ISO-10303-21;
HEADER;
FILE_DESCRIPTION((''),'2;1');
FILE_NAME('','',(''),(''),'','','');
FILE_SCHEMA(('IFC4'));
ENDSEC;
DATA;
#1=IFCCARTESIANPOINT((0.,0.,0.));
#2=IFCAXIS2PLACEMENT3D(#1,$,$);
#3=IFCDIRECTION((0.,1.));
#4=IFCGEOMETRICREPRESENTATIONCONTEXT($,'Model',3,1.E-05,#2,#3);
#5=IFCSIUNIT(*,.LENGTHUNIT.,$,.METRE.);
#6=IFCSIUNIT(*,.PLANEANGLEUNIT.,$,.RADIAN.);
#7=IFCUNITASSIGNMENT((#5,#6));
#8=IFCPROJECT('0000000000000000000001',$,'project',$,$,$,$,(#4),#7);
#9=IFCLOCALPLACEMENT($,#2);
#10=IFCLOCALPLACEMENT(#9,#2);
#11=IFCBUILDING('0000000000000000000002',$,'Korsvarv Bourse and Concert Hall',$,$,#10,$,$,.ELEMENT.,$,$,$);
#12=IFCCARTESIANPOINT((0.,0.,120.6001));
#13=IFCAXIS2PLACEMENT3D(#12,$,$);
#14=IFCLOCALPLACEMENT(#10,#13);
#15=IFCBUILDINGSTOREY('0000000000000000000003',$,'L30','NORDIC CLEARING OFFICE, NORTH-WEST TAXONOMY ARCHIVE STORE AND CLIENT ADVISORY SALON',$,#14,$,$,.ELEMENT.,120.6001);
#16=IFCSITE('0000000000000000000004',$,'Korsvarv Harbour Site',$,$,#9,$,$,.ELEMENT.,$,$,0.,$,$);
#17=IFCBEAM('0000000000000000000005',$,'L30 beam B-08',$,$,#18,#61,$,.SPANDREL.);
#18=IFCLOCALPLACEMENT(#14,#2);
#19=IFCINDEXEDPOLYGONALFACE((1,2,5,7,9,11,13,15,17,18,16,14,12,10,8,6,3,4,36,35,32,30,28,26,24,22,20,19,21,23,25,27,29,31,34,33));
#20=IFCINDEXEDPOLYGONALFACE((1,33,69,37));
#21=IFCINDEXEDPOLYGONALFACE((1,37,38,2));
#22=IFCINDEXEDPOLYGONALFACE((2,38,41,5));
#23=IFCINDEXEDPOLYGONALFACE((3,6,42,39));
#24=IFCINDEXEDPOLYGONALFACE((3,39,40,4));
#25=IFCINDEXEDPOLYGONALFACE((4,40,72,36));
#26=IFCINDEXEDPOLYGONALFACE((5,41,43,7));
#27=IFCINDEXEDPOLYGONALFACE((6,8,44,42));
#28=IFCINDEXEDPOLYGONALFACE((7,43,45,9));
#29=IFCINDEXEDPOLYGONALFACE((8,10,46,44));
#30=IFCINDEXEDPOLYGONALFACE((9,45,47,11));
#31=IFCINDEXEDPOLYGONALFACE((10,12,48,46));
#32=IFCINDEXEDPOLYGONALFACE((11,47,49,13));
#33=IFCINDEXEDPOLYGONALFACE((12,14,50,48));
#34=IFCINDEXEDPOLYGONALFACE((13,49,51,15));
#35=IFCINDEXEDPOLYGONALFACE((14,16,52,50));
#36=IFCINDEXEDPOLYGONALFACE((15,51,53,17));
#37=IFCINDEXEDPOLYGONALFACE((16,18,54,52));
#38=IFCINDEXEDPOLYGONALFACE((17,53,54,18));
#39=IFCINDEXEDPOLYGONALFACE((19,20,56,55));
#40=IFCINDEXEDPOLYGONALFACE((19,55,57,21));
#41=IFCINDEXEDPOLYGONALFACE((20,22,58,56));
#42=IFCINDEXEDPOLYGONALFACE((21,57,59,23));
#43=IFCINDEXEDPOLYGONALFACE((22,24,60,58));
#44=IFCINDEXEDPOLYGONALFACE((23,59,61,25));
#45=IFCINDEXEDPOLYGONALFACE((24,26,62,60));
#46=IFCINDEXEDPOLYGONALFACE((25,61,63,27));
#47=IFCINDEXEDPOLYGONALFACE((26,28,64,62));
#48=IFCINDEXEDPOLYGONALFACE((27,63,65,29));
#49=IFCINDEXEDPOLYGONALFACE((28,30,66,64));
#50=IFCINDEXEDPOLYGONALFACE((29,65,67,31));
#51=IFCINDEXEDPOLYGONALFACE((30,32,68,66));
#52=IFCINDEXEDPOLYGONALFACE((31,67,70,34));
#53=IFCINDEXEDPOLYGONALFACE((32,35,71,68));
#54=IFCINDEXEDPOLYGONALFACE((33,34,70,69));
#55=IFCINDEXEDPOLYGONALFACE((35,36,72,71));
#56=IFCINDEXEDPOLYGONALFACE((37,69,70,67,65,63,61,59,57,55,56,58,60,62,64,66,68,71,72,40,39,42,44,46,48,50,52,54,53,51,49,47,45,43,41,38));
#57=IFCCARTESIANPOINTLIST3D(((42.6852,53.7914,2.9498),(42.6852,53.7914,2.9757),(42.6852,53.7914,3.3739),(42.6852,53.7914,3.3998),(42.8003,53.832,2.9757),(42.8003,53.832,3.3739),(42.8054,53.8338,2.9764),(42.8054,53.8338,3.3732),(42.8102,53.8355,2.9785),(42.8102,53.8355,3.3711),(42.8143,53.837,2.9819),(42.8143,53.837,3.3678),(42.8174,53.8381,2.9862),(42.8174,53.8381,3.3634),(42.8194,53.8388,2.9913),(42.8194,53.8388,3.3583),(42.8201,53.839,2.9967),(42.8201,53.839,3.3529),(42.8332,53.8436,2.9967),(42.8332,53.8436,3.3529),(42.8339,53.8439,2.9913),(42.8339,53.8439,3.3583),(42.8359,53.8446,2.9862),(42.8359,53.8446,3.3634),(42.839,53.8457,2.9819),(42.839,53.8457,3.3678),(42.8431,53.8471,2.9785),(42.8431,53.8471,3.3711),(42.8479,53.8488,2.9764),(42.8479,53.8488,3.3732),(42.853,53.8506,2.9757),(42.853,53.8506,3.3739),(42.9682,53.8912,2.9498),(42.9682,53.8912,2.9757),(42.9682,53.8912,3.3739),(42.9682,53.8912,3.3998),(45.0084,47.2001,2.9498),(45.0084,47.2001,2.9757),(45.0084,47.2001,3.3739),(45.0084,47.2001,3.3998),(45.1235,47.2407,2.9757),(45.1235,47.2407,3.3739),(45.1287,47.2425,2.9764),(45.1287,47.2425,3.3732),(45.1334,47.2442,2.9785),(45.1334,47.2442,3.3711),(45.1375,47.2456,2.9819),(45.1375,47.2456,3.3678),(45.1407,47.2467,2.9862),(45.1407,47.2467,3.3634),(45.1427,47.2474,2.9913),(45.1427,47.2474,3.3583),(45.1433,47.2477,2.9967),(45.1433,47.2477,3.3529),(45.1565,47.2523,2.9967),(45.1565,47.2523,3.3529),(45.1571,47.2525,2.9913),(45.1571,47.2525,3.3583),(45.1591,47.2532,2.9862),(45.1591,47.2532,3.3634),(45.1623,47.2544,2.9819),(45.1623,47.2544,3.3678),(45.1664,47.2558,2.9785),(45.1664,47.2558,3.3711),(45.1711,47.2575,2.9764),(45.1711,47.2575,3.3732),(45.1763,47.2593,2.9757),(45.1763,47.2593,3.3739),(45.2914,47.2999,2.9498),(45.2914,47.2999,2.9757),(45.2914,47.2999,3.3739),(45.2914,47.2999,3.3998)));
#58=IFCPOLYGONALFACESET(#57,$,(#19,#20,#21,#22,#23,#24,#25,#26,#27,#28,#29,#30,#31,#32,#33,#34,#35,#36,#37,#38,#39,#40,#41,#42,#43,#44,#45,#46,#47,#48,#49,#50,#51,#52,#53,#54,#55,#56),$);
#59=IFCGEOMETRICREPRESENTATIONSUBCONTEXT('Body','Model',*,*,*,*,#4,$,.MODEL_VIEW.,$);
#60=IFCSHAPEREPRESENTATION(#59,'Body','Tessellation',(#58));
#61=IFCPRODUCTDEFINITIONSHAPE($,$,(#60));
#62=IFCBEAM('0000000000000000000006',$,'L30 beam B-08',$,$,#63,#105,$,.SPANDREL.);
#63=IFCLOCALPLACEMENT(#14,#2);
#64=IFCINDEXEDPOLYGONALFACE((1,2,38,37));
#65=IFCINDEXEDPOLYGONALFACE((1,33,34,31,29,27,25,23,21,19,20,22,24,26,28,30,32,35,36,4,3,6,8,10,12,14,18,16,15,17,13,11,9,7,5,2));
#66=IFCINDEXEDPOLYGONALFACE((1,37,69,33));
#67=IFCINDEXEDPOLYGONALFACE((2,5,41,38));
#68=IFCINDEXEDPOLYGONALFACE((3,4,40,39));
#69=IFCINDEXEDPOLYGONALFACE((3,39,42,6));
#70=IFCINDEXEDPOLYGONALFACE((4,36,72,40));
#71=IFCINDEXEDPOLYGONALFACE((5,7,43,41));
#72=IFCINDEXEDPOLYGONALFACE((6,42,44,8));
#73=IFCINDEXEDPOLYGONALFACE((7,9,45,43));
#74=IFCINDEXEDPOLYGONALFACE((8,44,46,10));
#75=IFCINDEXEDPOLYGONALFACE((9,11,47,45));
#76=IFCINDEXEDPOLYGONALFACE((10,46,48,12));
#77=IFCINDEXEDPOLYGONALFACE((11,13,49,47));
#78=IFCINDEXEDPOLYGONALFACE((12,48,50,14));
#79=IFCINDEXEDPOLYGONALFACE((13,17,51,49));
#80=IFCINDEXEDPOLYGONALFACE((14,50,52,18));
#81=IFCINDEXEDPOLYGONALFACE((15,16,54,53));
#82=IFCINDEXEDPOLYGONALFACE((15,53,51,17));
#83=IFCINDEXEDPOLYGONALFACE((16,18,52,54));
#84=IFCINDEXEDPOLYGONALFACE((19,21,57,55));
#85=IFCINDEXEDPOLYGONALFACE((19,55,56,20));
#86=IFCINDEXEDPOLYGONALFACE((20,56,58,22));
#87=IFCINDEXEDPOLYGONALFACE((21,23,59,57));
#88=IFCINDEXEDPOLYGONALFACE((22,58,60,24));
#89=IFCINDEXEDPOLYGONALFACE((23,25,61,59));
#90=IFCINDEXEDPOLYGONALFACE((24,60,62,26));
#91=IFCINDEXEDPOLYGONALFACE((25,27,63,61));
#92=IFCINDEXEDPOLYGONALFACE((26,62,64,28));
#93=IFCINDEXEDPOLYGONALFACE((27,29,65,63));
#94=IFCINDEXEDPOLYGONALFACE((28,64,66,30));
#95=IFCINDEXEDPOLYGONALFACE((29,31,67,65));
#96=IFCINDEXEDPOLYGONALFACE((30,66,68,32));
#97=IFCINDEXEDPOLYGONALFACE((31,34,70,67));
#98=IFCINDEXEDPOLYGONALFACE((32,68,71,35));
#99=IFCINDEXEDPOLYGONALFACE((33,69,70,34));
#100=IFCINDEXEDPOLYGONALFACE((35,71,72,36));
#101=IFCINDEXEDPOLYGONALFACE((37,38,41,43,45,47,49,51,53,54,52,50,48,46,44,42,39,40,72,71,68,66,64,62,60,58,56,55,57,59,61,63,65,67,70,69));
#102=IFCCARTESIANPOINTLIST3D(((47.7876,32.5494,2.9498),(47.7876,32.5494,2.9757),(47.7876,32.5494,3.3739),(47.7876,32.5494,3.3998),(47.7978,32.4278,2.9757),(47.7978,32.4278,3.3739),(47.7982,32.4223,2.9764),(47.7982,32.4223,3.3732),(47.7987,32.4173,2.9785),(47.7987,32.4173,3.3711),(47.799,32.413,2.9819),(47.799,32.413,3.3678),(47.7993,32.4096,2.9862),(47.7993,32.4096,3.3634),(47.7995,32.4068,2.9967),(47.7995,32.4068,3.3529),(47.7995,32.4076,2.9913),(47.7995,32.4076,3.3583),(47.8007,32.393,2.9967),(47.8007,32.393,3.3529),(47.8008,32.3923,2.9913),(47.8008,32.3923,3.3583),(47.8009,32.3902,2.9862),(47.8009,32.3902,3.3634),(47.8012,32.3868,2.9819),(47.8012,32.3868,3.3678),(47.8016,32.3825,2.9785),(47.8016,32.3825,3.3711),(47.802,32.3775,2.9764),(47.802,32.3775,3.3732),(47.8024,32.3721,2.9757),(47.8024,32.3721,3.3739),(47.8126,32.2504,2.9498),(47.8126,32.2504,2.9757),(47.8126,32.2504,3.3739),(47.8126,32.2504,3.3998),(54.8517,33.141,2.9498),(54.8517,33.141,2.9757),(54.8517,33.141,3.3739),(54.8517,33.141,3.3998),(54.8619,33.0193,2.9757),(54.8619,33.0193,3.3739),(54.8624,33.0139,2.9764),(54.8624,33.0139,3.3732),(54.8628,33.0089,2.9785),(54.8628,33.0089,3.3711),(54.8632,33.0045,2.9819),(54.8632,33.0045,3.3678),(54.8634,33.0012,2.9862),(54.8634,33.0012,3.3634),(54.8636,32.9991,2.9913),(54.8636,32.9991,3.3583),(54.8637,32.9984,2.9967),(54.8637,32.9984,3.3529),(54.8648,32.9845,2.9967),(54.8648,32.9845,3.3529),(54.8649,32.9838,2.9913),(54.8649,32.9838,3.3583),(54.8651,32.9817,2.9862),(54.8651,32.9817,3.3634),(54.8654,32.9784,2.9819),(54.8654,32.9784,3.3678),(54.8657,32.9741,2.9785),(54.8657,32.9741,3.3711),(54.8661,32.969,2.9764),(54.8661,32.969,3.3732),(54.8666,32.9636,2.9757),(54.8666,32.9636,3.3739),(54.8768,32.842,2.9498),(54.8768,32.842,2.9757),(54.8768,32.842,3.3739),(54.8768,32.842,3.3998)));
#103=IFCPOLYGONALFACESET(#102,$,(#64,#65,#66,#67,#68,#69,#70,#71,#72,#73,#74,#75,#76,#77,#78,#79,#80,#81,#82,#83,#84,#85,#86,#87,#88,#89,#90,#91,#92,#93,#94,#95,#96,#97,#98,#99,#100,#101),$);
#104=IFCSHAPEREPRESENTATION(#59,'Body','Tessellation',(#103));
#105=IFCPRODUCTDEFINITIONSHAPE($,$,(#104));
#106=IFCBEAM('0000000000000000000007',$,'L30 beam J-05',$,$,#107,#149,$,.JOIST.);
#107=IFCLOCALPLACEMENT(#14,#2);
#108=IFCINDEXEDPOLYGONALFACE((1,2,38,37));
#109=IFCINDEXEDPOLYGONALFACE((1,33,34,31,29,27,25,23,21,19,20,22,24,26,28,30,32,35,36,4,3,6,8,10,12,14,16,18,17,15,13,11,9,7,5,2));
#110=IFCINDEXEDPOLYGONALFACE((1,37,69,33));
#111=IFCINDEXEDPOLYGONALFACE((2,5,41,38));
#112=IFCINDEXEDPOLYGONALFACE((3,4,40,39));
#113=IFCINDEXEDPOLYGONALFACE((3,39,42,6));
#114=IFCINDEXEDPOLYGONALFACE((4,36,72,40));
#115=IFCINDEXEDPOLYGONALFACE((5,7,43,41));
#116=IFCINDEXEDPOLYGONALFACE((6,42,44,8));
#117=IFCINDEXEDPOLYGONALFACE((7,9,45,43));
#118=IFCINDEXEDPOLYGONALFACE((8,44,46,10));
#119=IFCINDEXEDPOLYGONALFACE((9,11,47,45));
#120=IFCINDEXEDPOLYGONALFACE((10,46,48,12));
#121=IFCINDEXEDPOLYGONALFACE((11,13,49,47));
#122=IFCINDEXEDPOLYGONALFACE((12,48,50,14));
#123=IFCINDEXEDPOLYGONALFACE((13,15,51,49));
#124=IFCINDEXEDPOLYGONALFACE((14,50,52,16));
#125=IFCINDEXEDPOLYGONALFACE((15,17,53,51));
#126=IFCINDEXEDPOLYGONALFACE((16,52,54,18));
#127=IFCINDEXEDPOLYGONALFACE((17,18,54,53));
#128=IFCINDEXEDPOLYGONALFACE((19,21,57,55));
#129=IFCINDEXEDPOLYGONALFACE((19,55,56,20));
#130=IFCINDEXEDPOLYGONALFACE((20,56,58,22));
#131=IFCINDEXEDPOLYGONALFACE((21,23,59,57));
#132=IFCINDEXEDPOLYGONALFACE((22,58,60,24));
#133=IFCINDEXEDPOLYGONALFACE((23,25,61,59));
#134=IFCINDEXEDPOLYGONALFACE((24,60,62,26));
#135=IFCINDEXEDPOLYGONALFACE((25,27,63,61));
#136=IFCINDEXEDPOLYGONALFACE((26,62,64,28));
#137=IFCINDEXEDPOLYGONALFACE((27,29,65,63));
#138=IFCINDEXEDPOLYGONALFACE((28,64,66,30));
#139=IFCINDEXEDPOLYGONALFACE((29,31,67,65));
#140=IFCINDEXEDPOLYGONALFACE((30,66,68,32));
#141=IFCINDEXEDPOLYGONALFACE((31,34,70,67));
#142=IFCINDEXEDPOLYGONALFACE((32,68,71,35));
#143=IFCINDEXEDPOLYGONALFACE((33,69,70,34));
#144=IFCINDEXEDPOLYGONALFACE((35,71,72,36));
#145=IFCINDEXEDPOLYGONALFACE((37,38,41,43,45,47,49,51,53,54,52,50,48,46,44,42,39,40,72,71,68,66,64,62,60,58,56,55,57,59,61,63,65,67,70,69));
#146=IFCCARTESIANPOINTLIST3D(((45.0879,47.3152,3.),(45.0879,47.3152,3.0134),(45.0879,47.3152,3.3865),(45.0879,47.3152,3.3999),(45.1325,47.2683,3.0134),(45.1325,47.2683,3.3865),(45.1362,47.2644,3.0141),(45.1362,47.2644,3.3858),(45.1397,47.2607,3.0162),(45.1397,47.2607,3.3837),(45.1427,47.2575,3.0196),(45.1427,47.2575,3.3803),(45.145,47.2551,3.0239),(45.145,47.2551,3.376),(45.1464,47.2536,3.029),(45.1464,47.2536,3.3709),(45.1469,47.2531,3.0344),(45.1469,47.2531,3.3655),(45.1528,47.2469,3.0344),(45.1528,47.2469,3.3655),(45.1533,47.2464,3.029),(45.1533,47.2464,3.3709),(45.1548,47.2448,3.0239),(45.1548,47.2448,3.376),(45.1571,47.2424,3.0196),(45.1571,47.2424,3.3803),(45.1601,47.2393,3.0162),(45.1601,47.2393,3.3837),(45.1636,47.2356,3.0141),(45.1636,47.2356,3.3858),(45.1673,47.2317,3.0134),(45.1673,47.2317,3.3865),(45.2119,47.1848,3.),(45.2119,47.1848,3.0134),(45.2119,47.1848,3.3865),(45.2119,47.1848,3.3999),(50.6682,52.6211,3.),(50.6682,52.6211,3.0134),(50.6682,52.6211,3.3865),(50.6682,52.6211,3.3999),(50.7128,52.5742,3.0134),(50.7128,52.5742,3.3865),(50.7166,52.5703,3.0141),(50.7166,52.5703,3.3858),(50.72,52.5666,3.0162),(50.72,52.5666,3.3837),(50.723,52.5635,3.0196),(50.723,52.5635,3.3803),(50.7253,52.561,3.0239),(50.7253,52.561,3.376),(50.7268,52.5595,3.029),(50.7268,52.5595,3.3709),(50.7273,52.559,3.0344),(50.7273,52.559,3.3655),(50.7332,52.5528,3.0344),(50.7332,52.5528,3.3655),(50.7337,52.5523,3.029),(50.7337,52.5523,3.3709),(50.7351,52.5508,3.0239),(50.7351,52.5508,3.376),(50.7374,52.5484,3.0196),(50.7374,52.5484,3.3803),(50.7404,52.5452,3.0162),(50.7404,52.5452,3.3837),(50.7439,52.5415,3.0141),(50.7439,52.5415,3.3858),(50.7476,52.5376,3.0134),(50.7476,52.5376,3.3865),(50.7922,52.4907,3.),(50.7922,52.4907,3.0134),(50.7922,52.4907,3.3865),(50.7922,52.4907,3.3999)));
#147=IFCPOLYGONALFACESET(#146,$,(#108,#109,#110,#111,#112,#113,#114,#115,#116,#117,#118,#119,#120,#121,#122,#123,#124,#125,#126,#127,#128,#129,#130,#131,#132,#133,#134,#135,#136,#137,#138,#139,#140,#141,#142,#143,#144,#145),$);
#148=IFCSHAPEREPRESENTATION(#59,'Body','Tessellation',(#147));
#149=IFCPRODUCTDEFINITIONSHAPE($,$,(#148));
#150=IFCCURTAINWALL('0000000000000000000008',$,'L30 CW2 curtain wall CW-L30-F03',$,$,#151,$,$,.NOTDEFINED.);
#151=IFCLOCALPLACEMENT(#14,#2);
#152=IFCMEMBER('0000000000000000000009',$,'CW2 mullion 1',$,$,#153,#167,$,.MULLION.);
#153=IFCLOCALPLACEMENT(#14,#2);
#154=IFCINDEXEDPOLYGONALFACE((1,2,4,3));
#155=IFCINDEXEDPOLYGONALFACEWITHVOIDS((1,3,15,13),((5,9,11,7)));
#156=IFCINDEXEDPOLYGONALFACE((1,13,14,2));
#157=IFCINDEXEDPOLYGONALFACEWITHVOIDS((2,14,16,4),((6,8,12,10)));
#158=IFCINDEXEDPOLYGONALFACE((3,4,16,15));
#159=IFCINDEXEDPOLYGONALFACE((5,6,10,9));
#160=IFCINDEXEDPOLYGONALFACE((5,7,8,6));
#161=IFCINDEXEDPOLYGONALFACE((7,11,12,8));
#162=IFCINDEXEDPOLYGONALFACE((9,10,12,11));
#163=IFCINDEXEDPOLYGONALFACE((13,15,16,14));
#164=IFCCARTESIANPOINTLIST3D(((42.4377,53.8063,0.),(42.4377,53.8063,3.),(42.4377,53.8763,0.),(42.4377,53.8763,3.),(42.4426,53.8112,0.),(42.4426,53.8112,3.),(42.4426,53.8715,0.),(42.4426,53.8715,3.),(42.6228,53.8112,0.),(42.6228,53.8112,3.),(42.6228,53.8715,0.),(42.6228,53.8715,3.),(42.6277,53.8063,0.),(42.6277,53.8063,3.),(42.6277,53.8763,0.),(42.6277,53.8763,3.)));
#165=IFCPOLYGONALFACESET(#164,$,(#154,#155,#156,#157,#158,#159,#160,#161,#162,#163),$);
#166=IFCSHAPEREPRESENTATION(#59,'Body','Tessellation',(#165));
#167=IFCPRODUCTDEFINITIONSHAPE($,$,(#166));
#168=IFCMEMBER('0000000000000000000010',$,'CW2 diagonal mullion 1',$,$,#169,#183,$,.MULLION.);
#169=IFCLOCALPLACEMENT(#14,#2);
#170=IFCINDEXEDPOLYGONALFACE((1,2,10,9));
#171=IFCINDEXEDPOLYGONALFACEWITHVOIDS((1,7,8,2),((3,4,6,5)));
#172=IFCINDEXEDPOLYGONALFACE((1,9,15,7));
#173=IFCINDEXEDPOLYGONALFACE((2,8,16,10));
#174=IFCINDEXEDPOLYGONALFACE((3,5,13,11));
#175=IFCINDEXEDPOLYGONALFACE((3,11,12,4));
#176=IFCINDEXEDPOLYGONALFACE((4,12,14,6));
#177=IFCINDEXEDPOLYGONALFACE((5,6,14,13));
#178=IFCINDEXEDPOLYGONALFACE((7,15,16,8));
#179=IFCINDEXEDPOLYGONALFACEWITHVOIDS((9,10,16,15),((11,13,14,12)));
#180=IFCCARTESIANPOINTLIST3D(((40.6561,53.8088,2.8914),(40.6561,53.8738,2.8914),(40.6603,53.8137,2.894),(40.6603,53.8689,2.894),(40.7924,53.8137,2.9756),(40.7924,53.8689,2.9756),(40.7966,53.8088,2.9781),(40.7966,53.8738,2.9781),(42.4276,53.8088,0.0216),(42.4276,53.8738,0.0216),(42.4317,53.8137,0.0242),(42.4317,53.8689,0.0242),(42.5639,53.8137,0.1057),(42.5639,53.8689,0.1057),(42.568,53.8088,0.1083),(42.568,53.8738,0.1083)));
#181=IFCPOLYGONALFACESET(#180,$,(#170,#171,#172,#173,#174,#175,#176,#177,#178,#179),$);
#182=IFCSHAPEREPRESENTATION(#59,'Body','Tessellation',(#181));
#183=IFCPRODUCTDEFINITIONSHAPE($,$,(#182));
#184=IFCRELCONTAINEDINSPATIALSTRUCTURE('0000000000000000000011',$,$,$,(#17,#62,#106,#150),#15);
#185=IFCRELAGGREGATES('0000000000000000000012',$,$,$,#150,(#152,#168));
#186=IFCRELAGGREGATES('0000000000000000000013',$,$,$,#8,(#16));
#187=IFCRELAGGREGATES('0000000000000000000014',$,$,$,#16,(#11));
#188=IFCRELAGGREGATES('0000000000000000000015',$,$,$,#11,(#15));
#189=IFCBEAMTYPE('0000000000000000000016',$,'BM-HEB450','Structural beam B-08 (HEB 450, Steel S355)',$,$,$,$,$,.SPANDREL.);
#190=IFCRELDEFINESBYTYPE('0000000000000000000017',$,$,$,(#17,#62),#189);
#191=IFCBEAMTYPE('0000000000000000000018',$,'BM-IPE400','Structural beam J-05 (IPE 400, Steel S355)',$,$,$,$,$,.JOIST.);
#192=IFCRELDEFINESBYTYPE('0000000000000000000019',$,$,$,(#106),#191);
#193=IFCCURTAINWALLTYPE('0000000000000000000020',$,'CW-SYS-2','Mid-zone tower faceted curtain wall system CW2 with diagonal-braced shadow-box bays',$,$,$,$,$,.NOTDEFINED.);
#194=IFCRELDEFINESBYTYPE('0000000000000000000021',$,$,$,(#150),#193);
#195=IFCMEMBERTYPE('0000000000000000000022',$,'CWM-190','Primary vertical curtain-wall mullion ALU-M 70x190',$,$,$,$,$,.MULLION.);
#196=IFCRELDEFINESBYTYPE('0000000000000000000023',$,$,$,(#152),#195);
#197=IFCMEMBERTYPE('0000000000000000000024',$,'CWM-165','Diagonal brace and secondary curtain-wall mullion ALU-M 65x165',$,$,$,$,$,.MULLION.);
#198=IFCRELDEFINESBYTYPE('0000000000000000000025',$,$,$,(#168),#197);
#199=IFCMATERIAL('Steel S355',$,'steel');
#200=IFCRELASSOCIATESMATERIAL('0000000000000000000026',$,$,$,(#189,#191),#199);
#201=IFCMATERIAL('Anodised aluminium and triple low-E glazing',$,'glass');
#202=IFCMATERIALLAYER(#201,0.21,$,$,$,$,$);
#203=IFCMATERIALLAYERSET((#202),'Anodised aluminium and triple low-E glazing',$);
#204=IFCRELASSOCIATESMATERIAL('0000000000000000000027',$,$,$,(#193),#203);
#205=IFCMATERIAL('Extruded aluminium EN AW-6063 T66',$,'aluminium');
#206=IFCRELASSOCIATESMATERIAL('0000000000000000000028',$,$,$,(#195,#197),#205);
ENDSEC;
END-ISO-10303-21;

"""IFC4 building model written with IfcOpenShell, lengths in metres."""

from ifc_helpers import new_model, si_unit, direction, frame, origin, origin_2d, place, context, subcontext, project, spatial, hollow_rectangle, i_section, extrude, source, transform, mapped, material, layer, layer_set, material_profile, profile_set, type_object, element, aggregate, save


model = new_model("IFC4")

# Units and contexts
model_context = context("Model", 3, precision=1e-05, world=origin(), true_north=direction((0.0, 1.0)))
body_context = subcontext(model_context, "Body", "Model", "MODEL_VIEW")
ifc_project = project(units=[si_unit("LENGTHUNIT", "METRE"), si_unit("PLANEANGLEUNIT", "RADIAN")], contexts=[model_context])

# Site, building, storey
site_placement = place(None, origin())
site = spatial("IfcSite", under=ifc_project, at=site_placement, Name="Korsvarv Harbour Site", CompositionType="ELEMENT", RefElevation=0.0)
building_placement = place(site_placement, origin())
building = spatial("IfcBuilding", under=site, at=building_placement, Name="Korsvarv Bourse and Concert Hall", CompositionType="ELEMENT")
storey_placement = place(building_placement, frame((0.0, 0.0, 120.6001)))
storey = spatial("IfcBuildingStorey", under=building, at=storey_placement, Name="L30", Description="NORDIC CLEARING OFFICE, NORTH-WEST TAXONOMY ARCHIVE STORE AND CLIENT ADVISORY SALON", CompositionType="ELEMENT", Elevation=120.6001)

# Beams
ifc_material_1 = material(Name="Steel S355", Category="steel")
ifc_material_profile_1 = material_profile(ifc_material_1, i_section(OverallWidth=0.3, OverallDepth=0.45, WebThickness=0.0139, FlangeThickness=0.0259, FilletRadius=0.021, at=origin_2d()), Name="HEB 450")
ifc_profile_set_1 = profile_set([ifc_material_profile_1], Name="Steel S355")
beam_type_1 = type_object("IfcBeamType", Name="BM-HEB450", Description="Structural beam B-08 (HEB 450, Steel S355)", PredefinedType="SPANDREL", material=ifc_profile_set_1)
shared_shape_1 = source(origin(), body_context, "Body", "SweptSolid", [
    extrude(i_section(OverallWidth=0.3, OverallDepth=0.45, WebThickness=0.0139, FlangeThickness=0.0259, FilletRadius=0.021, at=origin_2d()), origin(), (0.0, 0.0, 1.0), 6.9888),
])
beam_1_placement = place(storey_placement, frame((42.8267, 53.8413, 3.1748), z_axis=(0.332425, -0.94313, 0.0), x_axis=(0.94313, 0.332425, 0.0)))
element("IfcBeam", 1, at=beam_1_placement, inside=storey, type_object=beam_type_1, Name="L30 beam B-08", PredefinedType="SPANDREL", context=body_context, shape_type="MappedRepresentation", body=[
    mapped(shared_shape_1, transform((0.0, 0.0, 0.0), scale=1.0)),
])
shared_shape_2 = source(origin(), body_context, "Body", "SweptSolid", [
    extrude(i_section(OverallWidth=0.3, OverallDepth=0.45, WebThickness=0.0139, FlangeThickness=0.0259, FilletRadius=0.021, at=origin_2d()), origin(), (0.0, 0.0, 1.0), 7.0889),
])
beam_2_placement = place(storey_placement, frame((54.8643, 32.9915, 3.1748), z_axis=(-0.996512, -0.083447, 0.0), x_axis=(0.083447, -0.996512, 0.0)))
element("IfcBeam", 2, at=beam_2_placement, inside=storey, type_object=beam_type_1, Name="L30 beam B-08", PredefinedType="SPANDREL", context=body_context, shape_type="MappedRepresentation", body=[
    mapped(shared_shape_2, transform((0.0, 0.0, 0.0), scale=1.0)),
])
ifc_material_profile_2 = material_profile(ifc_material_1, i_section(OverallWidth=0.1799, OverallDepth=0.3999, WebThickness=0.0085, FlangeThickness=0.0134, FilletRadius=0.021, at=origin_2d()), Name="IPE 400")
ifc_profile_set_2 = profile_set([ifc_material_profile_2], Name="Steel S355")
beam_type_2 = type_object("IfcBeamType", Name="BM-IPE400", Description="Structural beam J-05 (IPE 400, Steel S355)", PredefinedType="JOIST", material=ifc_profile_set_2)
shared_shape_3 = source(origin(), body_context, "Body", "SweptSolid", [
    extrude(i_section(OverallWidth=0.1799, OverallDepth=0.3999, WebThickness=0.0085, FlangeThickness=0.0134, FilletRadius=0.021, at=origin_2d()), origin(), (0.0, 0.0, 1.0), 7.7002),
])
beam_3_placement = place(storey_placement, frame((50.7302, 52.5559, 3.2), z_axis=(-0.724701, -0.689064, 0.0), x_axis=(0.689064, -0.724701, 0.0)))
element("IfcBeam", 3, at=beam_3_placement, inside=storey, type_object=beam_type_2, Name="L30 beam J-05", PredefinedType="JOIST", context=body_context, shape_type="MappedRepresentation", body=[
    mapped(shared_shape_3, transform((0.0, 0.0, 0.0), scale=1.0)),
])

# Curtain wall, members
ifc_material_2 = material(Name="Anodised aluminium and triple low-E glazing", Category="glass")
ifc_layer_1 = layer(ifc_material_2, 0.21)
ifc_layer_set_1 = layer_set([ifc_layer_1], Name="Anodised aluminium and triple low-E glazing")
curtain_wall_type = type_object("IfcCurtainWallType", Name="CW-SYS-2", Description="Mid-zone tower faceted curtain wall system CW2 with diagonal-braced shadow-box bays", PredefinedType="NOTDEFINED", material=ifc_layer_set_1)
curtain_wall_placement = place(storey_placement, origin())
curtain_wall = element("IfcCurtainWall", 4, at=curtain_wall_placement, inside=storey, type_object=curtain_wall_type, Name="L30 CW2 curtain wall CW-L30-F03", PredefinedType="NOTDEFINED")
ifc_material_3 = material(Name="Extruded aluminium EN AW-6063 T66", Category="aluminium")
ifc_material_profile_3 = material_profile(ifc_material_3, hollow_rectangle(XDim=0.0701, YDim=0.1899, WallThickness=0.0049, at=origin_2d()), Name="ALU-M 70x190")
ifc_profile_set_3 = profile_set([ifc_material_profile_3], Name="Extruded aluminium EN AW-6063 T66")
member_type_1 = type_object("IfcMemberType", Name="CWM-190", Description="Primary vertical curtain-wall mullion ALU-M 70x190", PredefinedType="MULLION", material=ifc_profile_set_3)
shared_shape_4 = source(origin(), body_context, "Body", "SweptSolid", [
    extrude(hollow_rectangle(XDim=0.0701, YDim=0.1899, WallThickness=0.0049, at=origin_2d()), origin(), (0.0, 0.0, 1.0), 3.0),
])
member_1_placement = place(storey_placement, frame((42.5327, 53.8413, 0.0), z_axis=(0.0, 0.0, 1.0), x_axis=(0.0, -1.0, 0.0)))
member_1 = element("IfcMember", 5, at=member_1_placement, type_object=member_type_1, Name="CW2 mullion 1", PredefinedType="MULLION", context=body_context, shape_type="MappedRepresentation", body=[
    mapped(shared_shape_4, transform((0.0, 0.0, 0.0), scale=1.0)),
])
ifc_material_profile_4 = material_profile(ifc_material_3, hollow_rectangle(XDim=0.0649, YDim=0.165, WallThickness=0.0049, at=origin_2d()), Name="ALU-M 65x165")
ifc_profile_set_4 = profile_set([ifc_material_profile_4], Name="Extruded aluminium EN AW-6063 T66")
member_type_2 = type_object("IfcMemberType", Name="CWM-165", Description="Diagonal brace and secondary curtain-wall mullion ALU-M 65x165", PredefinedType="MULLION", material=ifc_profile_set_4)
shared_shape_5 = source(origin(), body_context, "Body", "SweptSolid", [
    extrude(hollow_rectangle(XDim=0.0649, YDim=0.165, WallThickness=0.0049, at=origin_2d()), origin(), (0.0, 0.0, 1.0), 3.3726),
])
member_2_placement = place(storey_placement, frame((42.4978, 53.8413, 0.0649), z_axis=(-0.52526, 0.0, 0.850942), x_axis=(0.0, -1.0, 0.0)))
member_2 = element("IfcMember", 6, at=member_2_placement, type_object=member_type_2, Name="CW2 diagonal mullion 1", PredefinedType="MULLION", context=body_context, shape_type="MappedRepresentation", body=[
    mapped(shared_shape_5, transform((0.0, 0.0, 0.0), scale=1.0)),
])
aggregate(curtain_wall, [member_1, member_2])

save(model, "model.ifc")
